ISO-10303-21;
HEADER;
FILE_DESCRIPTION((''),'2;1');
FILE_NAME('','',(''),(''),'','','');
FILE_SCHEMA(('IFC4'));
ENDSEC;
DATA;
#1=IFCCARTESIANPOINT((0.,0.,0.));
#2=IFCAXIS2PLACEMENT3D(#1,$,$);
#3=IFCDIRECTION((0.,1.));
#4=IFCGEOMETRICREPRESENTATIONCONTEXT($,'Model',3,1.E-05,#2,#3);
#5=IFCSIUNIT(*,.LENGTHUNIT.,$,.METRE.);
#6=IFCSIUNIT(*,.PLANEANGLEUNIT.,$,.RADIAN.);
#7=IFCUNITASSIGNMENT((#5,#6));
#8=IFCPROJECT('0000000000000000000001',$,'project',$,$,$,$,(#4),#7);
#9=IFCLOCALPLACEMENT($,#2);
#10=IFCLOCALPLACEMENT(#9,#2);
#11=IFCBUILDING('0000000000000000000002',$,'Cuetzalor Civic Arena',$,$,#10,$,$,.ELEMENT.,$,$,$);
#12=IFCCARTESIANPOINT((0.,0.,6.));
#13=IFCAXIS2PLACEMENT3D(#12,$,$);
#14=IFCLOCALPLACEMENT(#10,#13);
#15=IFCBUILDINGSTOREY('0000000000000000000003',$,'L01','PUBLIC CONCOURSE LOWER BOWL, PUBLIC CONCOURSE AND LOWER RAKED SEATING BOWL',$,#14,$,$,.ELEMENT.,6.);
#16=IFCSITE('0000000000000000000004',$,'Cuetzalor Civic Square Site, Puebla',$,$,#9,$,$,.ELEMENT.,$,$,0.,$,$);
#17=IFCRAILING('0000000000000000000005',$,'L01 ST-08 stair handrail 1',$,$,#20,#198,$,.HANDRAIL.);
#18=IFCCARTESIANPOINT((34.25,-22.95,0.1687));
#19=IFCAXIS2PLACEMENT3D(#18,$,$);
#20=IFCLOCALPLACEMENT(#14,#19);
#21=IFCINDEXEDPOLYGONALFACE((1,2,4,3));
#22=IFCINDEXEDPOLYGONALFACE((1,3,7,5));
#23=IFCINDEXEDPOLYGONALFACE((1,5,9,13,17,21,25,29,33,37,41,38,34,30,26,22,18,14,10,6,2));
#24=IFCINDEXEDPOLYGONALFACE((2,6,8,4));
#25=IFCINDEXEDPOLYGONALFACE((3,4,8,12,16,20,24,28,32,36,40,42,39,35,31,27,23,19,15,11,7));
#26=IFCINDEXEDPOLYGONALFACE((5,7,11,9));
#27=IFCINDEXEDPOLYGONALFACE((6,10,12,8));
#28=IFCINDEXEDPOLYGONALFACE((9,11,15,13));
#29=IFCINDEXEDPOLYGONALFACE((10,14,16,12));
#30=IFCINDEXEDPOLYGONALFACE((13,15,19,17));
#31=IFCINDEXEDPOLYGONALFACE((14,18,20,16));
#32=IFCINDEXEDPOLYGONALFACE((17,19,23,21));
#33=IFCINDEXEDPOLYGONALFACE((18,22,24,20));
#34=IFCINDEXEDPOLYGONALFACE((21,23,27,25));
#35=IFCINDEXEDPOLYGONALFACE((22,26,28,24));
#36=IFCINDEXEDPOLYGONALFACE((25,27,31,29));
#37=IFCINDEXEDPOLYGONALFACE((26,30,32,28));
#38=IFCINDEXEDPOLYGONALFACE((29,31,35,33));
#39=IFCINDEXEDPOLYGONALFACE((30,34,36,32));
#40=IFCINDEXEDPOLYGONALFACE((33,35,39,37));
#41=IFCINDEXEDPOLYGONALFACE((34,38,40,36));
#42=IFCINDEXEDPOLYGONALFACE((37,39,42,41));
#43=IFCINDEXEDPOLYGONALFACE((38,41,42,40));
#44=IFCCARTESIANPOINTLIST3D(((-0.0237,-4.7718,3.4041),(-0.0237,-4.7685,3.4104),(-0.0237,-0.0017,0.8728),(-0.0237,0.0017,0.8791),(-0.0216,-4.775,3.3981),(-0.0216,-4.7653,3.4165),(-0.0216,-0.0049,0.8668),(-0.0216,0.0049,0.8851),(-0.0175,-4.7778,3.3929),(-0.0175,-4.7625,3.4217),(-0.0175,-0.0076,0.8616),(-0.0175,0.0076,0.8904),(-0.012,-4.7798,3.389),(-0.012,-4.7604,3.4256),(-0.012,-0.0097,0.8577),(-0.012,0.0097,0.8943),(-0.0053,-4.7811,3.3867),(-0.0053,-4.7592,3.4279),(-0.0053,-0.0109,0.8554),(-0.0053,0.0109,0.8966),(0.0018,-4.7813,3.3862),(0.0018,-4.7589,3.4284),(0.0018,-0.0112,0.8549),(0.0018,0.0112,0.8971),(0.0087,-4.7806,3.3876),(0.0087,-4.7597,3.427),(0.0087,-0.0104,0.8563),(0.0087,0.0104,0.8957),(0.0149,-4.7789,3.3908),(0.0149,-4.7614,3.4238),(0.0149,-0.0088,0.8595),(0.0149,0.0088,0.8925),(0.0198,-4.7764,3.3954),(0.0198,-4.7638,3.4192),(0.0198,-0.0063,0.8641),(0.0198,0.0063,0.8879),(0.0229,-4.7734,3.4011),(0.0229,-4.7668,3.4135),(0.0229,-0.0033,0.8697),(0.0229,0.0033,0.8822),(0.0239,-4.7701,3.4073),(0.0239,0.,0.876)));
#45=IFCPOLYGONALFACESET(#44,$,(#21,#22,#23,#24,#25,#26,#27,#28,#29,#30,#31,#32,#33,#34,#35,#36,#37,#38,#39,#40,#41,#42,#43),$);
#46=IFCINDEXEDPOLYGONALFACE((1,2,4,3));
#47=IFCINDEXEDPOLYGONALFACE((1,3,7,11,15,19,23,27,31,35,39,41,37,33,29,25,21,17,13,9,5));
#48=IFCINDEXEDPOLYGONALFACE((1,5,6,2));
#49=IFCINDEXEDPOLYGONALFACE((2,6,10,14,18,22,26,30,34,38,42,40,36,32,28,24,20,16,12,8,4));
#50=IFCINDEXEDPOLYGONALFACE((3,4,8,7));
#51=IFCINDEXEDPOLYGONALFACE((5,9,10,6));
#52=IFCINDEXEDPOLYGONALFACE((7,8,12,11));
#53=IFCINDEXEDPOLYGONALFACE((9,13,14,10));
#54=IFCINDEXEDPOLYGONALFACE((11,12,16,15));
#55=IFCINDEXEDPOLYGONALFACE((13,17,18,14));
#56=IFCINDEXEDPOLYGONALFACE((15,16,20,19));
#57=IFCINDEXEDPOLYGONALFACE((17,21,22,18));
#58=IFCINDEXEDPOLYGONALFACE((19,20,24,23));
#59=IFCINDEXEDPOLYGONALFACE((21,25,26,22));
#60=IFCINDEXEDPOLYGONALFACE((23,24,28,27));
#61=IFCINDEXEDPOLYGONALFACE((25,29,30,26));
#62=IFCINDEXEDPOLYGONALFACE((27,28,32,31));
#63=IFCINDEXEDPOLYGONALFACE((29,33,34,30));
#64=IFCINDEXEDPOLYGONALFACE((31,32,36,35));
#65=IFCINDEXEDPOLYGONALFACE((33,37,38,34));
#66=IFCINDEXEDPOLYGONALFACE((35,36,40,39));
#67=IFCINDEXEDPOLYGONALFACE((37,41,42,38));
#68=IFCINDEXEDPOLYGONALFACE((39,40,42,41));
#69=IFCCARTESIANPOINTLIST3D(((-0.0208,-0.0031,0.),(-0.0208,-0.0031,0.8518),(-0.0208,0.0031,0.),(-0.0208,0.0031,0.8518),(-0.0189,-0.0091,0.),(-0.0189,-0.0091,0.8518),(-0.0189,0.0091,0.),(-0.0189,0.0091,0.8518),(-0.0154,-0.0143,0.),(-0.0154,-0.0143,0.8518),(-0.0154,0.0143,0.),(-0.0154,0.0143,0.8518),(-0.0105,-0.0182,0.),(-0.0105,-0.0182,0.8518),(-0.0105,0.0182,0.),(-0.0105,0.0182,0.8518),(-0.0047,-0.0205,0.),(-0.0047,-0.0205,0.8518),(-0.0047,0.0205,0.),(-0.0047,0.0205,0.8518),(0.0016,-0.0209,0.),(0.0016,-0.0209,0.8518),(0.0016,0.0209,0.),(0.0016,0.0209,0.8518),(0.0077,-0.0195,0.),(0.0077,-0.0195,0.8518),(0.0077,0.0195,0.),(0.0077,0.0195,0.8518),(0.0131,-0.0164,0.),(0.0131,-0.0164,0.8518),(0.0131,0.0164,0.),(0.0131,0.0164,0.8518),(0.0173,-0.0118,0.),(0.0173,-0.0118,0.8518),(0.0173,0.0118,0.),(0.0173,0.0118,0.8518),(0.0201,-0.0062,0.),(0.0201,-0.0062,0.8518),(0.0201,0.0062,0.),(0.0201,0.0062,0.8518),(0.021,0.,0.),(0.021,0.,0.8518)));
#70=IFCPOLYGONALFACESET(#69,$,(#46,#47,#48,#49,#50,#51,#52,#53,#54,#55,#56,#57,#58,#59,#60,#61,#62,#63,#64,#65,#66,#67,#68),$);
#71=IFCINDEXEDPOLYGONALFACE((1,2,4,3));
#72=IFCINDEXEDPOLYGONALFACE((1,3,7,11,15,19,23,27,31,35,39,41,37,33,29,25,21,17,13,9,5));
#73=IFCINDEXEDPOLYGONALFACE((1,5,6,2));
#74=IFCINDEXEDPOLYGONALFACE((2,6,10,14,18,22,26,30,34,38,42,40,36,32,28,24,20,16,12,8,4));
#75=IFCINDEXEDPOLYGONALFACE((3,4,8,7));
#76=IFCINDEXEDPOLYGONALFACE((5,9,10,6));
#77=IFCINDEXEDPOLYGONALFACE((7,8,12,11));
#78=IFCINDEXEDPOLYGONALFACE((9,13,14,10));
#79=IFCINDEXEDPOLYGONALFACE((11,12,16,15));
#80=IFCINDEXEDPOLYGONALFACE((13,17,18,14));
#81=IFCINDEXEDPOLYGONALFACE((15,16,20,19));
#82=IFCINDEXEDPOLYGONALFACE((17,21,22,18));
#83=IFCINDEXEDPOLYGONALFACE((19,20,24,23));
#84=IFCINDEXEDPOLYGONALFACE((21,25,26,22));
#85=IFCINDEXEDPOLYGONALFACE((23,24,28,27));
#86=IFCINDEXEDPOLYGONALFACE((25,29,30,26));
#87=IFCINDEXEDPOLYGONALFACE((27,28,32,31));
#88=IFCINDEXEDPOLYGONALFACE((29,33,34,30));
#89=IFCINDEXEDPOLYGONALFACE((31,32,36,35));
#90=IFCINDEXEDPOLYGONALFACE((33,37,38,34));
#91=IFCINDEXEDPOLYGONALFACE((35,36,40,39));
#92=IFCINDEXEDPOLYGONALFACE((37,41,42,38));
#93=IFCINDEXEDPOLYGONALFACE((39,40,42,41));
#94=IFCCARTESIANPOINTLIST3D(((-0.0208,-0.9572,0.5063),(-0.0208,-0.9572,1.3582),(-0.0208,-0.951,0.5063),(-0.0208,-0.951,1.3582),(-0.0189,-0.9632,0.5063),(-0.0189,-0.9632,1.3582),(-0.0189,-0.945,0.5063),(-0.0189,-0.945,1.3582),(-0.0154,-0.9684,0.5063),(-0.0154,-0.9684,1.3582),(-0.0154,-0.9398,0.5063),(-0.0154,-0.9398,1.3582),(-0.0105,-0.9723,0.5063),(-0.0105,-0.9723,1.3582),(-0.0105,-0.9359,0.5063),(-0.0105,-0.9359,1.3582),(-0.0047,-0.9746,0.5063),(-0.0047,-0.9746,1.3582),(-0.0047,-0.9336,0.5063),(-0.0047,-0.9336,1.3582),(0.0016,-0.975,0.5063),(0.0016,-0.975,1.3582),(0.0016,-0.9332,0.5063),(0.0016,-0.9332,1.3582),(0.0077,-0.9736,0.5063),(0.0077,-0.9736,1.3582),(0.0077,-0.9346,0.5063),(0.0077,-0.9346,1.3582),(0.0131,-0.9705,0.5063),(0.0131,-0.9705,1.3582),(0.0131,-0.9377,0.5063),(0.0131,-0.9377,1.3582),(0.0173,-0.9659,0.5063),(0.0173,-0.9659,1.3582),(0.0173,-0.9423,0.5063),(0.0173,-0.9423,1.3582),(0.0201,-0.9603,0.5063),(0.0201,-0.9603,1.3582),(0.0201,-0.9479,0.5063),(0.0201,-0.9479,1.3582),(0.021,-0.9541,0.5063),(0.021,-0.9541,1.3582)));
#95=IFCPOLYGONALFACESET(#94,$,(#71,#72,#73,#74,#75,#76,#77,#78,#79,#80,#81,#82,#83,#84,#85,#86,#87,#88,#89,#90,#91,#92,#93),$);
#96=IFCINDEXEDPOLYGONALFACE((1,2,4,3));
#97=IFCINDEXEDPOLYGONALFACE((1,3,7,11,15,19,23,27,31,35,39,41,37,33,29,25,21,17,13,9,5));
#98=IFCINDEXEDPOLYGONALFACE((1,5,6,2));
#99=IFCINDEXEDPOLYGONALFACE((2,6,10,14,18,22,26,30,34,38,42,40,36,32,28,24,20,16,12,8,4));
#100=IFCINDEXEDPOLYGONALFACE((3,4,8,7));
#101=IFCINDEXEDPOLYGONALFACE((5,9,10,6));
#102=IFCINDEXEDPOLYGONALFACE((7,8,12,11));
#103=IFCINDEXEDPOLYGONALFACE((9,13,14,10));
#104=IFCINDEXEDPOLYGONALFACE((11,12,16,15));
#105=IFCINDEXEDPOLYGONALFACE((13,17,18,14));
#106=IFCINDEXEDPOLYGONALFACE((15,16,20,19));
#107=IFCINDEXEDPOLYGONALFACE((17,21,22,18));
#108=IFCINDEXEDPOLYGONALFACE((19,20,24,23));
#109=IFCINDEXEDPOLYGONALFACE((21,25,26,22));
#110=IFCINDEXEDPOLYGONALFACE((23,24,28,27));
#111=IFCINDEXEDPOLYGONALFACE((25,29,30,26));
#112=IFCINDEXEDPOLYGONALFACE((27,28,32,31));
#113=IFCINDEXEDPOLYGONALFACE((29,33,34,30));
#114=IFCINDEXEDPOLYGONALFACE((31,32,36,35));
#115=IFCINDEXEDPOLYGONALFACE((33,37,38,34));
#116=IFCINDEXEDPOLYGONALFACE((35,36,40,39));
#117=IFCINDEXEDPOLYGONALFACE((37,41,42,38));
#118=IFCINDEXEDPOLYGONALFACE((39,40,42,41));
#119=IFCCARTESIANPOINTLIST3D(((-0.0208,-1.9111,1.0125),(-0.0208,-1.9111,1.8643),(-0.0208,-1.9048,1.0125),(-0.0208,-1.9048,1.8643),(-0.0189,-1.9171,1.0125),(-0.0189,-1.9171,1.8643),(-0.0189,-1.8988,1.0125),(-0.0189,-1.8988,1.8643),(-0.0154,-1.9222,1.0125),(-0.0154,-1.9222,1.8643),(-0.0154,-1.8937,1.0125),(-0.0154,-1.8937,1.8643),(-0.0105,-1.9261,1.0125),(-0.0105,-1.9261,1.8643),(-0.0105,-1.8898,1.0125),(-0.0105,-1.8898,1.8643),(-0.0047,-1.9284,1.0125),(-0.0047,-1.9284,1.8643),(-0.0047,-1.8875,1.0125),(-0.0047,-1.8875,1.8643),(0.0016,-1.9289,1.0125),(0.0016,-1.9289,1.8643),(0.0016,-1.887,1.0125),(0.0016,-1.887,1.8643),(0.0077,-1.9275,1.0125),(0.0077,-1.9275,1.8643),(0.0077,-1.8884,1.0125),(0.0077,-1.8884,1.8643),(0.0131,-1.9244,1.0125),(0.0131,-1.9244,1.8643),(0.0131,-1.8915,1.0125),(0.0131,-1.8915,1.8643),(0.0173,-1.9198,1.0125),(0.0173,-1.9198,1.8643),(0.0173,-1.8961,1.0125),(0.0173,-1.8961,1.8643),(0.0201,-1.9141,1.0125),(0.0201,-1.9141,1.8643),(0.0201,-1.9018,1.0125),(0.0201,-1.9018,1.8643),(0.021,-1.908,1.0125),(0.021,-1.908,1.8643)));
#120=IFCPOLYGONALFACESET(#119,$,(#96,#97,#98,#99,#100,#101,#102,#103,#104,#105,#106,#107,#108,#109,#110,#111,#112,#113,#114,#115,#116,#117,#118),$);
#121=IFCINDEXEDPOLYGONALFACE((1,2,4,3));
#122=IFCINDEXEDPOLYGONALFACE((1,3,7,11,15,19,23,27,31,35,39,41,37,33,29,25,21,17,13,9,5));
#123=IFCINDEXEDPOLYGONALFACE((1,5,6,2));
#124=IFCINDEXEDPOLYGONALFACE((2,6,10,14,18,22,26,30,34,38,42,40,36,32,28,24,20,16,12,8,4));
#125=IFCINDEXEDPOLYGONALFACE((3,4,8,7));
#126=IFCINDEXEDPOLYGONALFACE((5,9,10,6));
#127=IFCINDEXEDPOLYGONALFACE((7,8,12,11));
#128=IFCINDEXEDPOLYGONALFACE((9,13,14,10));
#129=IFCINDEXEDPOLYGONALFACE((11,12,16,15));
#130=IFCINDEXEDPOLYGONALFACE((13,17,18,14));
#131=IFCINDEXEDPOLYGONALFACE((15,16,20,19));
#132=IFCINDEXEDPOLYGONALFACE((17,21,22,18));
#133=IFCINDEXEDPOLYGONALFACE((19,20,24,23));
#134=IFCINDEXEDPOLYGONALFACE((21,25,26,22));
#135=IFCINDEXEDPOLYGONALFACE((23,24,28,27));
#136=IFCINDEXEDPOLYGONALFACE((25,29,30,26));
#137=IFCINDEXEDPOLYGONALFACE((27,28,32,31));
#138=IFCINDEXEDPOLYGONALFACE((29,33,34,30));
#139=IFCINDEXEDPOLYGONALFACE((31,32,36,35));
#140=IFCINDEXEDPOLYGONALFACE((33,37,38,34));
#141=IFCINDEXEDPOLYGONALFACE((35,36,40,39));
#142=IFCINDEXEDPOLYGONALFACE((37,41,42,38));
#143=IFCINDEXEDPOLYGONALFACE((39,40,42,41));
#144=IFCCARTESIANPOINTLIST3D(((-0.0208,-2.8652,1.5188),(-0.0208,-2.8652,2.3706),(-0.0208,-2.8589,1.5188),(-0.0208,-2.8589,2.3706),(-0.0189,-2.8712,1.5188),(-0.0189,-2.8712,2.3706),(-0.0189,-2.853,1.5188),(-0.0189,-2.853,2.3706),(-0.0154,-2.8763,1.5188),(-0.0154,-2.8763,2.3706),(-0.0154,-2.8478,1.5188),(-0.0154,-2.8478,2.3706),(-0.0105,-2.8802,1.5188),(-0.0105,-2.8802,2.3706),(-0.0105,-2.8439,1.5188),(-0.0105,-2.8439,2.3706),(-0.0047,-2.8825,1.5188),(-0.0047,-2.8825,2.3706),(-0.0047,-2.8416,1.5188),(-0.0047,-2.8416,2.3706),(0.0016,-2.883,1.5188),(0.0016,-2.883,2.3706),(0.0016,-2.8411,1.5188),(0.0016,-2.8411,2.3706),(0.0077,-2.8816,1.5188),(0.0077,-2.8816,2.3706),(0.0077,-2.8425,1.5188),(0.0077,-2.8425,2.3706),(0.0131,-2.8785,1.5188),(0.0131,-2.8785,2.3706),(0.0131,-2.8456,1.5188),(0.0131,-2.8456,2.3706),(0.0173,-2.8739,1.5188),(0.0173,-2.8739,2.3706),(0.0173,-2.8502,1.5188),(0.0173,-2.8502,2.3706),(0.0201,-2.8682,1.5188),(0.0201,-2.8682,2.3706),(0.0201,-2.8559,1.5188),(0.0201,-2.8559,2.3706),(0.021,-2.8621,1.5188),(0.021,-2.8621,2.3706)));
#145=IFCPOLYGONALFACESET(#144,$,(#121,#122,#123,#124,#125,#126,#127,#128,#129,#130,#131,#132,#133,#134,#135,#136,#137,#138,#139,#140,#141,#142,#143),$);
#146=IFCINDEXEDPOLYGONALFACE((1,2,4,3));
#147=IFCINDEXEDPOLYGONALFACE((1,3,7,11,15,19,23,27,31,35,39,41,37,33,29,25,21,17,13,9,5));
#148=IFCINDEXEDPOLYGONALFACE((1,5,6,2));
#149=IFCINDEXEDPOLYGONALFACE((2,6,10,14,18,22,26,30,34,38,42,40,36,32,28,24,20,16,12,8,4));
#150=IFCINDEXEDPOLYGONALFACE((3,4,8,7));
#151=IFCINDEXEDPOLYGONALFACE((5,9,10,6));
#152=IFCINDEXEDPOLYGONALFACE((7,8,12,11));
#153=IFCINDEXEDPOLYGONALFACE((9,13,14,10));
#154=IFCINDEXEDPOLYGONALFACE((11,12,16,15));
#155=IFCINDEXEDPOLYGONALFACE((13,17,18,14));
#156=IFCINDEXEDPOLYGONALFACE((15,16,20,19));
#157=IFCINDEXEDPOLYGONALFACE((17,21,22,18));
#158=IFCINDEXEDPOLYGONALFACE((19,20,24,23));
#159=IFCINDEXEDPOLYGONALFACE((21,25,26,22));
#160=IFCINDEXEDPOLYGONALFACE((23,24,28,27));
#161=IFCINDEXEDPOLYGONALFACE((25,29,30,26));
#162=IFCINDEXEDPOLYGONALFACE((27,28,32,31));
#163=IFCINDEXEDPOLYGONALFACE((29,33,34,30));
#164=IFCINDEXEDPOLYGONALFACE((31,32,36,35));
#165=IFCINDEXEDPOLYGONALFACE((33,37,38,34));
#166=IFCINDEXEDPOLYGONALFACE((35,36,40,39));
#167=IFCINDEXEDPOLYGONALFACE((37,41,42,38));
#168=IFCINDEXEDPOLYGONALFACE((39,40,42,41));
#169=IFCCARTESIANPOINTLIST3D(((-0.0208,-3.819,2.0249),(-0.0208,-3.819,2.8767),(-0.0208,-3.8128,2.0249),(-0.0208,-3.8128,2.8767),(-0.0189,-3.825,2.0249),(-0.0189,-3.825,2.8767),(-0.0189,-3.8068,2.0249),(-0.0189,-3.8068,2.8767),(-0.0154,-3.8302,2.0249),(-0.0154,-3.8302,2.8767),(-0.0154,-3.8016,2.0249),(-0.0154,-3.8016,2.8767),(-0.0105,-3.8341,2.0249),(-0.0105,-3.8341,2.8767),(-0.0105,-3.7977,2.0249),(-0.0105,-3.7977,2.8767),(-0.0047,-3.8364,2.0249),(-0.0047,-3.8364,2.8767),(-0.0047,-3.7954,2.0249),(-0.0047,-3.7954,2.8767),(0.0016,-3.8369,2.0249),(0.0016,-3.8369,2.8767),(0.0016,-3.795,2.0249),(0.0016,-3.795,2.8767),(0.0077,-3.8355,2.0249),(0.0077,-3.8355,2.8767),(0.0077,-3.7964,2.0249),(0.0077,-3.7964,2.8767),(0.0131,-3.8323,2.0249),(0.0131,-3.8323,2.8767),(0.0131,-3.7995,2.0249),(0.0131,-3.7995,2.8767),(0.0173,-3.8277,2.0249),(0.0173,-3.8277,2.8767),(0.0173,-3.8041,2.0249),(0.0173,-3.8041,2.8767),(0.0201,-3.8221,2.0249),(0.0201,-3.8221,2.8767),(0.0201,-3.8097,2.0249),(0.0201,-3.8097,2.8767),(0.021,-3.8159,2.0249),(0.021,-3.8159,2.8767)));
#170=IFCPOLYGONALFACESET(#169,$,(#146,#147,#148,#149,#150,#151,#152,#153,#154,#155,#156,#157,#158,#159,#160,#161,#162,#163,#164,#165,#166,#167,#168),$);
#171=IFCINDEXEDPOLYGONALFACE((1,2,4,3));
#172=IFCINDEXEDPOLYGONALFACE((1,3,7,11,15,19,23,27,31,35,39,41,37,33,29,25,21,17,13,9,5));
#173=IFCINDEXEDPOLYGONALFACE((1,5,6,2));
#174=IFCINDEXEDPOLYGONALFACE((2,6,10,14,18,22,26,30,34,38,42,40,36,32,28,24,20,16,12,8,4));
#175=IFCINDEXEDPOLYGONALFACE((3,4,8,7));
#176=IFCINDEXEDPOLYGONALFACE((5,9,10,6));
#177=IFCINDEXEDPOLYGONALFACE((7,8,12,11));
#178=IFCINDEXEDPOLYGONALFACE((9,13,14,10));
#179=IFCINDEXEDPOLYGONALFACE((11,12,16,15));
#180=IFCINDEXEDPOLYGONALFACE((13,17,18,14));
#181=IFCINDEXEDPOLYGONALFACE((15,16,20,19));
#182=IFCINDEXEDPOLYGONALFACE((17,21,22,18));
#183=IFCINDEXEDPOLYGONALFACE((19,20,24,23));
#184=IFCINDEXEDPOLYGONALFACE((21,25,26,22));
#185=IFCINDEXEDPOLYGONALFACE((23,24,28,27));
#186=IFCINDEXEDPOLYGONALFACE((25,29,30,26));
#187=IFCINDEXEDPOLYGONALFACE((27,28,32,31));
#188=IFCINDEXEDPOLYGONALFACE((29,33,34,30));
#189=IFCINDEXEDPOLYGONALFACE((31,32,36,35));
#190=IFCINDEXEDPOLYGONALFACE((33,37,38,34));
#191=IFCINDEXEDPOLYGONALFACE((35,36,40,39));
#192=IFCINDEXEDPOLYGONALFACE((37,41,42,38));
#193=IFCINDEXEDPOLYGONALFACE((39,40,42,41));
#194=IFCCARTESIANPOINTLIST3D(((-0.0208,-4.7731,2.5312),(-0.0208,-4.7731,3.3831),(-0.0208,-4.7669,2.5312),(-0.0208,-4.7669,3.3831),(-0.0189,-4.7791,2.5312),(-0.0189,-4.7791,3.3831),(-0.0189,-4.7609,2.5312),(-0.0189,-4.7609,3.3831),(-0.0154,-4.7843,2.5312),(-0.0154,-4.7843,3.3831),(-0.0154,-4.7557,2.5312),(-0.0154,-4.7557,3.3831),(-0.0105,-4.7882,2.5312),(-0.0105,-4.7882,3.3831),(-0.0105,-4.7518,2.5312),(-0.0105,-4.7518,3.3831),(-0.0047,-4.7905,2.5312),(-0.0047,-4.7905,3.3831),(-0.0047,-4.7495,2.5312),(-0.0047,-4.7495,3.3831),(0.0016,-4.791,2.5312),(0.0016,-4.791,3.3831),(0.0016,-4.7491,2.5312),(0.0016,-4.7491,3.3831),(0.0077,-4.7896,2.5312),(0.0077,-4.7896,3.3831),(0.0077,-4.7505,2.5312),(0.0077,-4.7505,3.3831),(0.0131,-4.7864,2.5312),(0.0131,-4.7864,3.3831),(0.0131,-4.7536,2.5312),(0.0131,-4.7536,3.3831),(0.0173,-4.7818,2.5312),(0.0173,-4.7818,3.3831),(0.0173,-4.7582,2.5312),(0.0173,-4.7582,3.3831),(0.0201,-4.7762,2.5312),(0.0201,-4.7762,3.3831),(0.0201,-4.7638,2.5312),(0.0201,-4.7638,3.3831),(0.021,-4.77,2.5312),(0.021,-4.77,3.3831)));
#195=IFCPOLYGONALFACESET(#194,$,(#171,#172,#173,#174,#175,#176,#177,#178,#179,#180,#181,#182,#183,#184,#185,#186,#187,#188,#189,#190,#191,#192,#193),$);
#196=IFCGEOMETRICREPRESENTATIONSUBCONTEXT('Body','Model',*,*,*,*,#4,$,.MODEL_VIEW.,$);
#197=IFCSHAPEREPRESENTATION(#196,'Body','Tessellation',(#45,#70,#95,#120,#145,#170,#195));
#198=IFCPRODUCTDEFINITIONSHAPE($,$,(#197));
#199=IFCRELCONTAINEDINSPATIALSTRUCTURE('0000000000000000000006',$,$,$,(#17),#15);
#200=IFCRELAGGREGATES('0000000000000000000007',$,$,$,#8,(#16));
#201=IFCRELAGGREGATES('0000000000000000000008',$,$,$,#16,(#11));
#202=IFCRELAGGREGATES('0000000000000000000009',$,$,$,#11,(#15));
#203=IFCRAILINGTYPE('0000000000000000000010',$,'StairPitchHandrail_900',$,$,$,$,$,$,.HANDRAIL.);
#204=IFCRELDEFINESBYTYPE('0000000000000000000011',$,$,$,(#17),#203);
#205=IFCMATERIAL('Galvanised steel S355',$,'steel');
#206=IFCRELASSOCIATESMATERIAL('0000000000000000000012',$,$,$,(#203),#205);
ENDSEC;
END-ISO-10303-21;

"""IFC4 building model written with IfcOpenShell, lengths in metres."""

from ifc_helpers import new_model, si_unit, direction, frame, origin, origin_2d, place, context, subcontext, project, spatial, circle, extrude, material, type_object, element, save


model = new_model("IFC4")

# Units and contexts
model_context = context("Model", 3, precision=1e-05, world=origin(), true_north=direction((0.0, 1.0)))
body_context = subcontext(model_context, "Body", "Model", "MODEL_VIEW")
ifc_project = project(units=[si_unit("LENGTHUNIT", "METRE"), si_unit("PLANEANGLEUNIT", "RADIAN")], contexts=[model_context])

# Site, building, storey
site_placement = place(None, origin())
site = spatial("IfcSite", under=ifc_project, at=site_placement, Name="Cuetzalor Civic Square Site, Puebla", CompositionType="ELEMENT", RefElevation=0.0)
building_placement = place(site_placement, origin())
building = spatial("IfcBuilding", under=site, at=building_placement, Name="Cuetzalor Civic Arena", CompositionType="ELEMENT")
storey_placement = place(building_placement, frame((0.0, 0.0, 6.0)))
storey = spatial("IfcBuildingStorey", under=building, at=storey_placement, Name="L01", Description="PUBLIC CONCOURSE LOWER BOWL, PUBLIC CONCOURSE AND LOWER RAKED SEATING BOWL", CompositionType="ELEMENT", Elevation=6.0)

# Railing
ifc_material_1 = material(Name="Galvanised steel S355", Category="steel")
railing_type_1 = type_object("IfcRailingType", Name="StairPitchHandrail_900", PredefinedType="HANDRAIL", material=ifc_material_1)
railing_1_placement = place(storey_placement, frame((34.25, -22.95, 0.1687)))
element("IfcRailing", 1, at=railing_1_placement, inside=storey, type_object=railing_type_1, Name="L01 ST-08 stair handrail 1", PredefinedType="HANDRAIL", context=body_context, shape_type="SweptSolid", body=[
    extrude(circle(Radius=0.0239, at=origin_2d()), frame((0.0, 0.0, 0.876), z_axis=(0.0, -0.883332, 0.468747), x_axis=(1.0, 0.0, 0.0)), (0.0, 0.0, 1.0), 5.4001),
    extrude(circle(Radius=0.021, at=origin_2d()), origin(), (0.0, 0.0, 1.0), 0.8518),
    extrude(circle(Radius=0.021, at=origin_2d()), frame((0.0, -0.9541, 0.5063)), (0.0, 0.0, 1.0), 0.8518),
    extrude(circle(Radius=0.021, at=origin_2d()), frame((0.0, -1.908, 1.0125)), (0.0, 0.0, 1.0), 0.8518),
    extrude(circle(Radius=0.021, at=origin_2d()), frame((0.0, -2.8621, 1.5188)), (0.0, 0.0, 1.0), 0.8518),
    extrude(circle(Radius=0.021, at=origin_2d()), frame((0.0, -3.8159, 2.0249)), (0.0, 0.0, 1.0), 0.8518),
    extrude(circle(Radius=0.021, at=origin_2d()), frame((0.0, -4.77, 2.5312)), (0.0, 0.0, 1.0), 0.8518),
])

save(model, "model.ifc")
